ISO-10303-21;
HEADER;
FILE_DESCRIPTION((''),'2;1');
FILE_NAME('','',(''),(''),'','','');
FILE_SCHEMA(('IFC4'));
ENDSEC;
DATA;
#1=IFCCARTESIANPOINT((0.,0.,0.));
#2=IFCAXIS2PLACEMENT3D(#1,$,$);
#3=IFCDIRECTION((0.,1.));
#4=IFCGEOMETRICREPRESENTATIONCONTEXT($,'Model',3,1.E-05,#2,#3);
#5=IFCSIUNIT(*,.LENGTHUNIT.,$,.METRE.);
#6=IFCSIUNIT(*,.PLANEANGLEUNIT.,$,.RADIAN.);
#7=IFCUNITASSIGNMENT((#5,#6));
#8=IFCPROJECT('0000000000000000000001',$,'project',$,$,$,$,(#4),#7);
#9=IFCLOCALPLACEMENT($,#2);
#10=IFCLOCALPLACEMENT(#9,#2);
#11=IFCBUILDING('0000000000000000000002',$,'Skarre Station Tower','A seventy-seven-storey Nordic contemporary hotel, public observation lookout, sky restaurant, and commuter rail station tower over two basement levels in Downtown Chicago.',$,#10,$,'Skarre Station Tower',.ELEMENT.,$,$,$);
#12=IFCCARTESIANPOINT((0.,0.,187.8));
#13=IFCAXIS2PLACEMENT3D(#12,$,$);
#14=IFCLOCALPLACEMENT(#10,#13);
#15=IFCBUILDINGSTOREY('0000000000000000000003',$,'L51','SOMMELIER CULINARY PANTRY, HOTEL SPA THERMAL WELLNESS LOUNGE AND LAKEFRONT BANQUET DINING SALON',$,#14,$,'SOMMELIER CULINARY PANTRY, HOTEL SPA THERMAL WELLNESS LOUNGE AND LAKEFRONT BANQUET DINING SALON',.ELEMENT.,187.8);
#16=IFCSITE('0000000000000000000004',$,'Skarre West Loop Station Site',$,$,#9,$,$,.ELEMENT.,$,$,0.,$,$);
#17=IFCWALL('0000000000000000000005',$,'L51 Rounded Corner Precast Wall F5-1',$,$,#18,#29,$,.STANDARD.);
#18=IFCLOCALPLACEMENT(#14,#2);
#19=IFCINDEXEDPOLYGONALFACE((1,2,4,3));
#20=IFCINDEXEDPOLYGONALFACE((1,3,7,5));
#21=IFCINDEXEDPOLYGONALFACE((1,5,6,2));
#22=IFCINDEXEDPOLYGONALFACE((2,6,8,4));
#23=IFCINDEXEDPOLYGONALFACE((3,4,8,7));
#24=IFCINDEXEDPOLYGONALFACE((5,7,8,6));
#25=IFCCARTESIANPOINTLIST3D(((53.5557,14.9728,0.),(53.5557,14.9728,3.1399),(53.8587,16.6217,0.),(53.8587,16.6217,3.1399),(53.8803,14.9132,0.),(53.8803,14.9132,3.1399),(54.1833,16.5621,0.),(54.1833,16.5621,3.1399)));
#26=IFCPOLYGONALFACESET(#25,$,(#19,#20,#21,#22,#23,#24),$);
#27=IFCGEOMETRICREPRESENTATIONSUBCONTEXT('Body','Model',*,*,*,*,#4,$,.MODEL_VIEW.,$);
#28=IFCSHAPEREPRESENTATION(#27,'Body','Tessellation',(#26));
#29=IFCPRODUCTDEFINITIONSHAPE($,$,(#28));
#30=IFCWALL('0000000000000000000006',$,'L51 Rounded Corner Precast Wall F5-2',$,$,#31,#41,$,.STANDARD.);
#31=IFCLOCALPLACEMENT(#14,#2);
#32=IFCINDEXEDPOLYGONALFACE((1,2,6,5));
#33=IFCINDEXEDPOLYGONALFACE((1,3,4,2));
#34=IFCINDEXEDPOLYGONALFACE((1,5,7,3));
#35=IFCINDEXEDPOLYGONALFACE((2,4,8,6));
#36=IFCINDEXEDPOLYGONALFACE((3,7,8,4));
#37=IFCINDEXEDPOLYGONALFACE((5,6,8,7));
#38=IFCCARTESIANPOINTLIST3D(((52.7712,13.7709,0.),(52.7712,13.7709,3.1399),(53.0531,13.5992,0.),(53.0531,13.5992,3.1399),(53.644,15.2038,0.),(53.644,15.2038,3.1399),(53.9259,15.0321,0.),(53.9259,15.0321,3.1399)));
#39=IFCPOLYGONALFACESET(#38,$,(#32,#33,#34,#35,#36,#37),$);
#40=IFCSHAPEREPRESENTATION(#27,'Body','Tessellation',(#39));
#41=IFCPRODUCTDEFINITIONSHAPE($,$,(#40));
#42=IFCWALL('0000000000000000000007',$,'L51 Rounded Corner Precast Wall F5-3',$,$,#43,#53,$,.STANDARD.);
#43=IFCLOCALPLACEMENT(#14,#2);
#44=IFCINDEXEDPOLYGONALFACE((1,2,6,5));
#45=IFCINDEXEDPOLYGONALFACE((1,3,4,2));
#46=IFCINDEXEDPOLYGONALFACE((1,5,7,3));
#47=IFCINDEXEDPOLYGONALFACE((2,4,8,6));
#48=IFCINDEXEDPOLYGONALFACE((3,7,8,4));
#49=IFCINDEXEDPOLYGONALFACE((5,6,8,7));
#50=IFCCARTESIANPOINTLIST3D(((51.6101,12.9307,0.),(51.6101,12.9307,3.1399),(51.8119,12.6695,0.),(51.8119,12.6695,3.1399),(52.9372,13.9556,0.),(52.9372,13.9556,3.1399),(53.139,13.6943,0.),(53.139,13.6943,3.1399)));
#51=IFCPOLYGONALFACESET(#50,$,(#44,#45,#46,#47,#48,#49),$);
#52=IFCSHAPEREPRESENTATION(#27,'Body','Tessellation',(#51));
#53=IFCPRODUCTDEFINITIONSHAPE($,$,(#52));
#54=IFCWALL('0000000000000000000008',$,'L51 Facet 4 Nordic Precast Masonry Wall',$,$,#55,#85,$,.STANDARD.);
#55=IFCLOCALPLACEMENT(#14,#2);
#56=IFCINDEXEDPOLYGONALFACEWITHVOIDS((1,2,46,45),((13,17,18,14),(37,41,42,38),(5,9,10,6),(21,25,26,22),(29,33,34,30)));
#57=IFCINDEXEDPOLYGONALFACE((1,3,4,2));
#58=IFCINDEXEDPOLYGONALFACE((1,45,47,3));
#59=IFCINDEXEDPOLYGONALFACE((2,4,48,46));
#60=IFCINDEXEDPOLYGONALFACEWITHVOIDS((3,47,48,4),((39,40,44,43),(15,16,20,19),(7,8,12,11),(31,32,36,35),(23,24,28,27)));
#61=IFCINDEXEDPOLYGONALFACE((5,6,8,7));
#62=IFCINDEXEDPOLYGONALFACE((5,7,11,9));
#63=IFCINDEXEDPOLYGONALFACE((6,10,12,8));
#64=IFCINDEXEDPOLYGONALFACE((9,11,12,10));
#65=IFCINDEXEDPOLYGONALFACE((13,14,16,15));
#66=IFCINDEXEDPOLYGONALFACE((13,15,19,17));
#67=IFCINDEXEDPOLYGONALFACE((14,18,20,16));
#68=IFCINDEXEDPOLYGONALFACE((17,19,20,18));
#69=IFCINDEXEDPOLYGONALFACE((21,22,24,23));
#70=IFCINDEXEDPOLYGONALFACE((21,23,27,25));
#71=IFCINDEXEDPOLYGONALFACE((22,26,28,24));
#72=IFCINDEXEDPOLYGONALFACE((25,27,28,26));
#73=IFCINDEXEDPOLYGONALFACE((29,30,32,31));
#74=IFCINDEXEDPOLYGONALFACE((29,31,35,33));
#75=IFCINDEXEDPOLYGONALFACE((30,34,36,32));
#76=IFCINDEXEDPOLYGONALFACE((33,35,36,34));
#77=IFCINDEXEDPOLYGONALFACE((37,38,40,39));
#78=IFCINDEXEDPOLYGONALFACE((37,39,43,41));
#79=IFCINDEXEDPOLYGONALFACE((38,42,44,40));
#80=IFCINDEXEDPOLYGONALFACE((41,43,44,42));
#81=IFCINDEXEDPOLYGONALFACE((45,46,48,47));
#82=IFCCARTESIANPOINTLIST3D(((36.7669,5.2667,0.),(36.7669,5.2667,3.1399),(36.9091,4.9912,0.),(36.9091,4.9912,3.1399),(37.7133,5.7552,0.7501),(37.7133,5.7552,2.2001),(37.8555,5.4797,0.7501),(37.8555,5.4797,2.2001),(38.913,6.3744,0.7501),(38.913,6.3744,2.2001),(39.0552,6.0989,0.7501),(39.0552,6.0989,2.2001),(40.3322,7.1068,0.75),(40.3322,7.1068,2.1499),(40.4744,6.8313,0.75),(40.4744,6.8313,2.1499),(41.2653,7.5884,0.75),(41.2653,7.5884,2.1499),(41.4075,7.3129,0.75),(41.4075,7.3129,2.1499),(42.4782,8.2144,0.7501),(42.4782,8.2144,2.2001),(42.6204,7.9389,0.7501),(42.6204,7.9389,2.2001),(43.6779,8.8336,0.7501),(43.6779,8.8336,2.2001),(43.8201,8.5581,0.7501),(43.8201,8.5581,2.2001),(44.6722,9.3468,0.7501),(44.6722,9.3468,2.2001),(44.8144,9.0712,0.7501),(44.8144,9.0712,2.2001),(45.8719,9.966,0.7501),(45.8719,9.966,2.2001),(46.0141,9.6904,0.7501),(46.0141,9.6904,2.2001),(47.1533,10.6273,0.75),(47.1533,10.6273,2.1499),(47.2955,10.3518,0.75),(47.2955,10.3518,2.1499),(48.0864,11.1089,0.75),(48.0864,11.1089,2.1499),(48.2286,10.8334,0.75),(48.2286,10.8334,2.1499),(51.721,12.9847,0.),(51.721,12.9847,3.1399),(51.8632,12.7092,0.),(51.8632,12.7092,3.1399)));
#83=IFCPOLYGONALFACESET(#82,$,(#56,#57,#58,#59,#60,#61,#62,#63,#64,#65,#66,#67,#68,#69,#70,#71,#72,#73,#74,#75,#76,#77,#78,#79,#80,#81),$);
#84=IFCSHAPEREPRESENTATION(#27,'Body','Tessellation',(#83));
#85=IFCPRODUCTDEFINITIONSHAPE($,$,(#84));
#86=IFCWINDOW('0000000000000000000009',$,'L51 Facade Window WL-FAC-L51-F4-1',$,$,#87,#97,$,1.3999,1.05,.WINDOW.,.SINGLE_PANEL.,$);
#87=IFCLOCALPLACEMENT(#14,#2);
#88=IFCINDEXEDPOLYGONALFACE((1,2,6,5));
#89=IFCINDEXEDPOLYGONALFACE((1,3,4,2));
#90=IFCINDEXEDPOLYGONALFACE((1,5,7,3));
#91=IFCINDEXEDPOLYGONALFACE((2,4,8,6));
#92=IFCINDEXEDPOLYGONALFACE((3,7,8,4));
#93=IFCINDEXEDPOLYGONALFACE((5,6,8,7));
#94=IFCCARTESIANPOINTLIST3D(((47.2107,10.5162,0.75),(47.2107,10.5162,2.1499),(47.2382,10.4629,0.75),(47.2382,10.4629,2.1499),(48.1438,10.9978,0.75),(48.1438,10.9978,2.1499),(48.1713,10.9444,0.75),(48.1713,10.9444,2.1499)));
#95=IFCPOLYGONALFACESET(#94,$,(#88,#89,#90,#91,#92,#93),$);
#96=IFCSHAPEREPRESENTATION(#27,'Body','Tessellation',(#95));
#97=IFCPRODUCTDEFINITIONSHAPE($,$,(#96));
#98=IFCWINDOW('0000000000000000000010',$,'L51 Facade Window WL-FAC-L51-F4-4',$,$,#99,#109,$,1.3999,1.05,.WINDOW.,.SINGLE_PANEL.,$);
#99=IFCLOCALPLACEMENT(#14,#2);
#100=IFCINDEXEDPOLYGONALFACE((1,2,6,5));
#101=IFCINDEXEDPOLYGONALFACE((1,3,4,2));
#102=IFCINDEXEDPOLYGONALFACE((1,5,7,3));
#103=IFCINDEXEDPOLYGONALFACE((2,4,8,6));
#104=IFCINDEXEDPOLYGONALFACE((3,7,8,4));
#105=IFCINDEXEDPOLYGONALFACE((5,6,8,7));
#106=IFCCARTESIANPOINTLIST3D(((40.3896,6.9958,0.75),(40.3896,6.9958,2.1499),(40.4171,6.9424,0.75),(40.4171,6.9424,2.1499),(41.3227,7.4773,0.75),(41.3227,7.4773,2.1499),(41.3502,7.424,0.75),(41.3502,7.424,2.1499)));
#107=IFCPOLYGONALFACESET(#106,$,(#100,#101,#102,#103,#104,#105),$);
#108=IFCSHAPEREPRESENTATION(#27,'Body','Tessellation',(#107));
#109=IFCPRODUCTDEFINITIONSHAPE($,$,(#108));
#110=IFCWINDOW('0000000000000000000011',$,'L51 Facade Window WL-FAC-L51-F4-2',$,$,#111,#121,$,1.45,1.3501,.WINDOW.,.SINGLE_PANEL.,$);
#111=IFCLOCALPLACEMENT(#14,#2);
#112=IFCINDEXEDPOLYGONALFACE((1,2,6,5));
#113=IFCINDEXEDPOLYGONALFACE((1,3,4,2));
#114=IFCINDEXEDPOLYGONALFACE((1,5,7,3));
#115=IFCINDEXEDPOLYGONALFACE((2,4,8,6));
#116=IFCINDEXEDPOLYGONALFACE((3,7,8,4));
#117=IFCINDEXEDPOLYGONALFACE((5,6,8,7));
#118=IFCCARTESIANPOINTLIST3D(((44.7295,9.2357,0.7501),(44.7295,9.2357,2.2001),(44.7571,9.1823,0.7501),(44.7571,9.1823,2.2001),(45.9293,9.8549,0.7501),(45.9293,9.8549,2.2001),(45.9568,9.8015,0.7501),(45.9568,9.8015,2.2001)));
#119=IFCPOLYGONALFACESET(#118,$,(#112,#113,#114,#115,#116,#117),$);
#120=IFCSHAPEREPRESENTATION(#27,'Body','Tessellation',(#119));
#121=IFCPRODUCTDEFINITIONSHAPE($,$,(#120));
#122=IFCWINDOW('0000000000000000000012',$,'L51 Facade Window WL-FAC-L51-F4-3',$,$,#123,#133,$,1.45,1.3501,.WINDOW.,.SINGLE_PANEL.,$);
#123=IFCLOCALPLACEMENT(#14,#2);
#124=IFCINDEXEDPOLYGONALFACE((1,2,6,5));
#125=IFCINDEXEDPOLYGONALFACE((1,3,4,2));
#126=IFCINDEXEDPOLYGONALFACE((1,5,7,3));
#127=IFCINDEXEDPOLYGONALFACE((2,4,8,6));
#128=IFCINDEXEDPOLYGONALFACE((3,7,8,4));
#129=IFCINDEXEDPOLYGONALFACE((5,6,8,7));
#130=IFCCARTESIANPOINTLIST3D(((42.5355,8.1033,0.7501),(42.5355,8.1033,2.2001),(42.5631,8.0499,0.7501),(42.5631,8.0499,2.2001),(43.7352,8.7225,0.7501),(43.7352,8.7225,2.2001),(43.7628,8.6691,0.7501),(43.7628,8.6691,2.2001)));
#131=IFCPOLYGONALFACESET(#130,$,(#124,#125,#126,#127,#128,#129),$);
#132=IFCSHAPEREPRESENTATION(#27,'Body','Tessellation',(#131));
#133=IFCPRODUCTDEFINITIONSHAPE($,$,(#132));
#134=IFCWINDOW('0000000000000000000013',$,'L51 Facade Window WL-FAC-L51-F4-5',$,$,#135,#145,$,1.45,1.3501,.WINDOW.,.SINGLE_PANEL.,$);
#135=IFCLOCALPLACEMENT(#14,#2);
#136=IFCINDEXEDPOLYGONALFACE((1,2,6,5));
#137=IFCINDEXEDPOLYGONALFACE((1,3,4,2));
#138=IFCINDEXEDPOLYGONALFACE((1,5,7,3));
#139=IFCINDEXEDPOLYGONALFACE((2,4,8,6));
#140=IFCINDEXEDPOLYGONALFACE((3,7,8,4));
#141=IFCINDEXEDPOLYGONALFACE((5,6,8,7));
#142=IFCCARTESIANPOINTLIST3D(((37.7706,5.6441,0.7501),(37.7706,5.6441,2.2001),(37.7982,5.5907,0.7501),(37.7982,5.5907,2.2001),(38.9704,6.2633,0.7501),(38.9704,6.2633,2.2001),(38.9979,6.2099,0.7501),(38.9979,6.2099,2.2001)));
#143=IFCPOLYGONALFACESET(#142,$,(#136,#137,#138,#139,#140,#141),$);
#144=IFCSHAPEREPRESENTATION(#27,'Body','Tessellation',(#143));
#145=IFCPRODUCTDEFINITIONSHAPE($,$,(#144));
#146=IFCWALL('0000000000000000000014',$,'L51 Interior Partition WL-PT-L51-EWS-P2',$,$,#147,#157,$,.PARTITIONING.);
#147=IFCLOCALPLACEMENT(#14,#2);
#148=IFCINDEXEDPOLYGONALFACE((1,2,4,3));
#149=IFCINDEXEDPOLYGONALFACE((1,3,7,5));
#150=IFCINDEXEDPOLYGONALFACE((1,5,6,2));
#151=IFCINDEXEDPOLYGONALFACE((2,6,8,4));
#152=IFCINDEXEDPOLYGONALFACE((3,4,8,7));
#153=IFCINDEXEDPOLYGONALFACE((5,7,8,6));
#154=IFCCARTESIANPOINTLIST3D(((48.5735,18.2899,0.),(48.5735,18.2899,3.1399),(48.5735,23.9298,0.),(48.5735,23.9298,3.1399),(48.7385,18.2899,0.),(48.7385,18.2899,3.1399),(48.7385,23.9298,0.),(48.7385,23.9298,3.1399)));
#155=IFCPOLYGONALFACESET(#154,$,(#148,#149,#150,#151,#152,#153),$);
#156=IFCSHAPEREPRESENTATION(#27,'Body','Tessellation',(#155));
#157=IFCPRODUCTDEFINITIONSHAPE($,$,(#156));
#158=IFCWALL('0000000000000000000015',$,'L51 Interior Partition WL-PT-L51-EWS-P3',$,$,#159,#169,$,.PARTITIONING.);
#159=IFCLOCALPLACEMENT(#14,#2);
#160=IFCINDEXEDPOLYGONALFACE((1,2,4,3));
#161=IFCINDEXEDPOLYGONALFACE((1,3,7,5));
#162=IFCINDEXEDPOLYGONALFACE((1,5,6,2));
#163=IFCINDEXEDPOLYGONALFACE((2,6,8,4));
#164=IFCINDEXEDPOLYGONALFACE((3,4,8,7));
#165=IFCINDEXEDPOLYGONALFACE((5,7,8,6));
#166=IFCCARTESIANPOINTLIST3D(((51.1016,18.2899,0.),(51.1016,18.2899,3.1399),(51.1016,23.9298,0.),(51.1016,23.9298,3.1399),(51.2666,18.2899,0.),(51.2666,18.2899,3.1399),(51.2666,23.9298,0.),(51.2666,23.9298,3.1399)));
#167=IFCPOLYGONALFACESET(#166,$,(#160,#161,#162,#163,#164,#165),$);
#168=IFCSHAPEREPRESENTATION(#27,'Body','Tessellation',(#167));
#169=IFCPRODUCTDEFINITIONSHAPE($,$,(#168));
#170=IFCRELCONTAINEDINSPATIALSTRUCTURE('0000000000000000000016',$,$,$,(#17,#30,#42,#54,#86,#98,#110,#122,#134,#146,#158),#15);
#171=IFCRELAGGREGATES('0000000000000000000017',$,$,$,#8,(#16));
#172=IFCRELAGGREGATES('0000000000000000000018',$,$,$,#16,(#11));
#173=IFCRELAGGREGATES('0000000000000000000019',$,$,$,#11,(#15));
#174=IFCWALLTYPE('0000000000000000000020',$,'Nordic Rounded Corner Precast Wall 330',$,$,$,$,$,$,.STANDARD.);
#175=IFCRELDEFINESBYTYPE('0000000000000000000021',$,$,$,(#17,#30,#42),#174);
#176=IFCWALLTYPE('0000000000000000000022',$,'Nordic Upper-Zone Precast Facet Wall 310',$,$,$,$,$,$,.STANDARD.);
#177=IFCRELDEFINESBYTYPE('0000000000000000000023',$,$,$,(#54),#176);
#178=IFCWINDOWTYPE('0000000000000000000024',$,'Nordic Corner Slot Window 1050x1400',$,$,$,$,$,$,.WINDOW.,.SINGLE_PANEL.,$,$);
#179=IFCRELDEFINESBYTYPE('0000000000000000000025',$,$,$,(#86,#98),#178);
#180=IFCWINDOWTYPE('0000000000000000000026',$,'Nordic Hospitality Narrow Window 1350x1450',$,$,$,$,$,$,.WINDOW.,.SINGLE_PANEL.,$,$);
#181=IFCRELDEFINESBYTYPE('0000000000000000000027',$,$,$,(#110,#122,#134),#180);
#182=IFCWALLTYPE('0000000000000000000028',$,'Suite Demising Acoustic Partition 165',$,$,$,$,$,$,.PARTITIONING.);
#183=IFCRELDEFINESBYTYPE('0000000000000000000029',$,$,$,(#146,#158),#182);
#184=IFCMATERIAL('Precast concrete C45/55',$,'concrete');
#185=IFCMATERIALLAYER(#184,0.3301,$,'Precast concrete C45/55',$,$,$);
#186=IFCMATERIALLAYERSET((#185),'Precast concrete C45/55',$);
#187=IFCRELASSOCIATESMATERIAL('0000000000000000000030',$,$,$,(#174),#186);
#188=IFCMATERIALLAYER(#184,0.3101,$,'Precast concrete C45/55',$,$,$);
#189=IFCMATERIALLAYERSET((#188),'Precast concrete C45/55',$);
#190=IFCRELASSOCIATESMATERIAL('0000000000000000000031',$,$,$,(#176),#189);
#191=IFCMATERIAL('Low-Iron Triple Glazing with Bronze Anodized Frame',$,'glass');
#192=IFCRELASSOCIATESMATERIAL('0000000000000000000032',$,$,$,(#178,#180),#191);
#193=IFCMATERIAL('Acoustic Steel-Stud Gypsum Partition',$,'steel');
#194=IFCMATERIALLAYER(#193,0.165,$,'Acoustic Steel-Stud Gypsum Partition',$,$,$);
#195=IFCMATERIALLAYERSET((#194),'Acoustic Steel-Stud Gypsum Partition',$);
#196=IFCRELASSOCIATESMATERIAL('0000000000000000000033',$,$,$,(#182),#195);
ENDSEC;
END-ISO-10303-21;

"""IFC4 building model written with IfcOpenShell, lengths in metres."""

from ifc_helpers import new_model, si_unit, direction, frame, frame_2d, origin, place, context, subcontext, project, spatial, rectangle, extrude, material, layer, layer_set, type_object, element, fill, save


model = new_model("IFC4")

# Units and contexts
model_context = context("Model", 3, precision=1e-05, world=origin(), true_north=direction((0.0, 1.0)))
body_context = subcontext(model_context, "Body", "Model", "MODEL_VIEW")
ifc_project = project(units=[si_unit("LENGTHUNIT", "METRE"), si_unit("PLANEANGLEUNIT", "RADIAN")], contexts=[model_context])

# Site, building, storey
site_placement = place(None, origin())
site = spatial("IfcSite", under=ifc_project, at=site_placement, Name="Skarre West Loop Station Site", CompositionType="ELEMENT", RefElevation=0.0)
building_placement = place(site_placement, origin())
building = spatial("IfcBuilding", under=site, at=building_placement, Name="Skarre Station Tower", Description="A seventy-seven-storey Nordic contemporary hotel, public observation lookout, sky restaurant, and commuter rail station tower over two basement levels in Downtown Chicago.", LongName="Skarre Station Tower", CompositionType="ELEMENT")
storey_placement = place(building_placement, frame((0.0, 0.0, 187.8)))
storey = spatial("IfcBuildingStorey", under=building, at=storey_placement, Name="L51", Description="SOMMELIER CULINARY PANTRY, HOTEL SPA THERMAL WELLNESS LOUNGE AND LAKEFRONT BANQUET DINING SALON", LongName="SOMMELIER CULINARY PANTRY, HOTEL SPA THERMAL WELLNESS LOUNGE AND LAKEFRONT BANQUET DINING SALON", CompositionType="ELEMENT", Elevation=187.8)

# Shared definitions
ifc_material_1 = material(Name="Acoustic Steel-Stud Gypsum Partition", Category="steel")

# Walls
ifc_material_2 = material(Name="Precast concrete C45/55", Category="concrete")
ifc_layer_1 = layer(ifc_material_2, 0.3301, Name="Precast concrete C45/55")
ifc_layer_set_1 = layer_set([ifc_layer_1], Name="Precast concrete C45/55")
wall_type_1 = type_object("IfcWallType", Name="Nordic Rounded Corner Precast Wall 330", PredefinedType="STANDARD", material=ifc_layer_set_1)
wall_1_placement = place(storey_placement, frame((54.021, 16.592, 0.0), z_axis=(0.0, 0.0, 1.0), x_axis=(-0.180718, -0.983535, 0.0)))
element("IfcWall", 1, at=wall_1_placement, inside=storey, type_object=wall_type_1, Name="L51 Rounded Corner Precast Wall F5-1", PredefinedType="STANDARD", context=body_context, shape_type="SweptSolid", body=[
    extrude(rectangle(XDim=1.6765, YDim=0.3301, at=frame_2d((0.8384, 0.0))), origin(), (0.0, 0.0, 1.0), 3.1399),
])
wall_2_placement = place(storey_placement, frame((53.7849, 15.1179, 0.0), z_axis=(0.0, 0.0, 1.0), x_axis=(-0.520219, -0.854033, 0.0)))
element("IfcWall", 2, at=wall_2_placement, inside=storey, type_object=wall_type_1, Name="L51 Rounded Corner Precast Wall F5-2", PredefinedType="STANDARD", context=body_context, shape_type="SweptSolid", body=[
    extrude(rectangle(XDim=1.6777, YDim=0.3301, at=frame_2d((0.8389, 0.0))), origin(), (0.0, 0.0, 1.0), 3.1399),
])
wall_3_placement = place(storey_placement, frame((53.0381, 13.825, 0.0), z_axis=(0.0, 0.0, 1.0), x_axis=(-0.791464, -0.611215, 0.0)))
element("IfcWall", 3, at=wall_3_placement, inside=storey, type_object=wall_type_1, Name="L51 Rounded Corner Precast Wall F5-3", PredefinedType="STANDARD", context=body_context, shape_type="SweptSolid", body=[
    extrude(rectangle(XDim=1.6768, YDim=0.3301, at=frame_2d((0.8384, 0.0))), origin(), (0.0, 0.0, 1.0), 3.1399),
])

# Wall, openings, windows
ifc_layer_2 = layer(ifc_material_2, 0.3101, Name="Precast concrete C45/55")
ifc_layer_set_2 = layer_set([ifc_layer_2], Name="Precast concrete C45/55")
wall_type_2 = type_object("IfcWallType", Name="Nordic Upper-Zone Precast Facet Wall 310", PredefinedType="STANDARD", material=ifc_layer_set_2)
wall_4_placement = place(storey_placement, frame((51.792, 12.8469, 0.0), z_axis=(0.0, 0.0, 1.0), x_axis=(-0.888626, -0.458632, 0.0)))
wall_4 = element("IfcWall", 4, at=wall_4_placement, inside=storey, type_object=wall_type_2, Name="L51 Facet 4 Nordic Precast Masonry Wall", PredefinedType="STANDARD", context=body_context, shape_type="SweptSolid", body=[
    extrude(rectangle(XDim=16.8284, YDim=0.3101, at=frame_2d((8.4141, 0.0))), origin(), (0.0, 0.0, 1.0), 3.1399),
])
opening_1_placement = place(wall_4_placement, frame((4.0901, 0.0, 0.75)))
opening_1 = element("IfcOpeningElement", 5, at=opening_1_placement, cuts=wall_4, PredefinedType="OPENING", context=body_context, shape_type="SweptSolid", body=[
    extrude(rectangle(XDim=1.05, YDim=1.3999, at=frame_2d((0.5249, 0.7))), frame((0.0, 0.165, 0.0), z_axis=(0.0, -1.0, 0.0), x_axis=(1.0, 0.0, 0.0)), (0.0, 0.0, 1.0), 0.3301),
])
opening_2_placement = place(wall_4_placement, frame((6.582, 0.0, 0.75)))
opening_2 = element("IfcOpeningElement", 6, at=opening_2_placement, cuts=wall_4, PredefinedType="OPENING", context=body_context, shape_type="SweptSolid", body=[
    extrude(rectangle(XDim=1.3501, YDim=1.45, at=frame_2d((0.675, 0.7251))), frame((0.0, 0.165, 0.0), z_axis=(0.0, -1.0, 0.0), x_axis=(1.0, 0.0, 0.0)), (0.0, 0.0, 1.0), 0.3301),
])
opening_3_placement = place(wall_4_placement, frame((9.051, 0.0, 0.75)))
opening_3 = element("IfcOpeningElement", 7, at=opening_3_placement, cuts=wall_4, PredefinedType="OPENING", context=body_context, shape_type="SweptSolid", body=[
    extrude(rectangle(XDim=1.3501, YDim=1.45, at=frame_2d((0.675, 0.7251))), frame((0.0, 0.165, 0.0), z_axis=(0.0, -1.0, 0.0), x_axis=(1.0, 0.0, 0.0)), (0.0, 0.0, 1.0), 0.3301),
])
opening_4_placement = place(wall_4_placement, frame((11.7661, 0.0, 0.75)))
opening_4 = element("IfcOpeningElement", 8, at=opening_4_placement, cuts=wall_4, PredefinedType="OPENING", context=body_context, shape_type="SweptSolid", body=[
    extrude(rectangle(XDim=1.05, YDim=1.3999, at=frame_2d((0.5249, 0.7))), frame((0.0, 0.165, 0.0), z_axis=(0.0, -1.0, 0.0), x_axis=(1.0, 0.0, 0.0)), (0.0, 0.0, 1.0), 0.3301),
])
opening_5_placement = place(wall_4_placement, frame((14.4131, 0.0, 0.75)))
opening_5 = element("IfcOpeningElement", 9, at=opening_5_placement, cuts=wall_4, PredefinedType="OPENING", context=body_context, shape_type="SweptSolid", body=[
    extrude(rectangle(XDim=1.3501, YDim=1.45, at=frame_2d((0.675, 0.7251))), frame((0.0, 0.165, 0.0), z_axis=(0.0, -1.0, 0.0), x_axis=(1.0, 0.0, 0.0)), (0.0, 0.0, 1.0), 0.3301),
])
ifc_material_3 = material(Name="Low-Iron Triple Glazing with Bronze Anodized Frame", Category="glass")
window_type_1 = type_object("IfcWindowType", Name="Nordic Corner Slot Window 1050x1400", PartitioningType="SINGLE_PANEL", PredefinedType="WINDOW", material=ifc_material_3)
window_1_placement = place(opening_1_placement, origin())
window_1 = element("IfcWindow", 10, at=window_1_placement, inside=storey, type_object=window_type_1, Name="L51 Facade Window WL-FAC-L51-F4-1", OverallHeight=1.3999, OverallWidth=1.05, PartitioningType="SINGLE_PANEL", PredefinedType="WINDOW", context=body_context, shape_type="SweptSolid", body=[
    extrude(rectangle(XDim=1.05, YDim=1.3999, at=frame_2d((0.5249, 0.7))), frame((0.0, 0.03, 0.0), z_axis=(0.0, -1.0, 0.0), x_axis=(1.0, 0.0, 0.0)), (0.0, 0.0, 1.0), 0.0601),
])
fill(opening_1, window_1)
window_2_placement = place(opening_4_placement, origin())
window_2 = element("IfcWindow", 11, at=window_2_placement, inside=storey, type_object=window_type_1, Name="L51 Facade Window WL-FAC-L51-F4-4", OverallHeight=1.3999, OverallWidth=1.05, PartitioningType="SINGLE_PANEL", PredefinedType="WINDOW", context=body_context, shape_type="SweptSolid", body=[
    extrude(rectangle(XDim=1.05, YDim=1.3999, at=frame_2d((0.5249, 0.7))), frame((0.0, 0.03, 0.0), z_axis=(0.0, -1.0, 0.0), x_axis=(1.0, 0.0, 0.0)), (0.0, 0.0, 1.0), 0.0601),
])
fill(opening_4, window_2)
window_type_2 = type_object("IfcWindowType", Name="Nordic Hospitality Narrow Window 1350x1450", PartitioningType="SINGLE_PANEL", PredefinedType="WINDOW", material=ifc_material_3)
window_3_placement = place(opening_2_placement, origin())
window_3 = element("IfcWindow", 12, at=window_3_placement, inside=storey, type_object=window_type_2, Name="L51 Facade Window WL-FAC-L51-F4-2", OverallHeight=1.45, OverallWidth=1.3501, PartitioningType="SINGLE_PANEL", PredefinedType="WINDOW", context=body_context, shape_type="SweptSolid", body=[
    extrude(rectangle(XDim=1.3501, YDim=1.45, at=frame_2d((0.675, 0.7251))), frame((0.0, 0.03, 0.0), z_axis=(0.0, -1.0, 0.0), x_axis=(1.0, 0.0, 0.0)), (0.0, 0.0, 1.0), 0.0601),
])
fill(opening_2, window_3)
window_4_placement = place(opening_3_placement, origin())
window_4 = element("IfcWindow", 13, at=window_4_placement, inside=storey, type_object=window_type_2, Name="L51 Facade Window WL-FAC-L51-F4-3", OverallHeight=1.45, OverallWidth=1.3501, PartitioningType="SINGLE_PANEL", PredefinedType="WINDOW", context=body_context, shape_type="SweptSolid", body=[
    extrude(rectangle(XDim=1.3501, YDim=1.45, at=frame_2d((0.675, 0.7251))), frame((0.0, 0.03, 0.0), z_axis=(0.0, -1.0, 0.0), x_axis=(1.0, 0.0, 0.0)), (0.0, 0.0, 1.0), 0.0601),
])
fill(opening_3, window_4)
window_5_placement = place(opening_5_placement, origin())
window_5 = element("IfcWindow", 14, at=window_5_placement, inside=storey, type_object=window_type_2, Name="L51 Facade Window WL-FAC-L51-F4-5", OverallHeight=1.45, OverallWidth=1.3501, PartitioningType="SINGLE_PANEL", PredefinedType="WINDOW", context=body_context, shape_type="SweptSolid", body=[
    extrude(rectangle(XDim=1.3501, YDim=1.45, at=frame_2d((0.675, 0.7251))), frame((0.0, 0.03, 0.0), z_axis=(0.0, -1.0, 0.0), x_axis=(1.0, 0.0, 0.0)), (0.0, 0.0, 1.0), 0.0601),
])
fill(opening_5, window_5)

# Walls
ifc_layer_3 = layer(ifc_material_1, 0.165, Name="Acoustic Steel-Stud Gypsum Partition")
ifc_layer_set_3 = layer_set([ifc_layer_3], Name="Acoustic Steel-Stud Gypsum Partition")
wall_type_3 = type_object("IfcWallType", Name="Suite Demising Acoustic Partition 165", PredefinedType="PARTITIONING", material=ifc_layer_set_3)
for number, where, z_axis, x_axis, name in (
    (15, (48.656, 18.29, 0.0), (0.0, 0.0, 1.0), (0.0, 1.0, 0.0), "L51 Interior Partition WL-PT-L51-EWS-P2"),
    (16, (51.1841, 18.29, 0.0), (0.0, 0.0, 1.0), (0.0, 1.0, 0.0), "L51 Interior Partition WL-PT-L51-EWS-P3"),
):
    element("IfcWall", number, at=place(storey_placement, frame(where, z_axis=z_axis, x_axis=x_axis)), inside=storey, type_object=wall_type_3, Name=name, PredefinedType="PARTITIONING", context=body_context, shape_type="SweptSolid", body=[
        extrude(rectangle(XDim=5.6399, YDim=0.165, at=frame_2d((2.8198, 0.0))), origin(), (0.0, 0.0, 1.0), 3.1399),
    ])

save(model, "model.ifc")
